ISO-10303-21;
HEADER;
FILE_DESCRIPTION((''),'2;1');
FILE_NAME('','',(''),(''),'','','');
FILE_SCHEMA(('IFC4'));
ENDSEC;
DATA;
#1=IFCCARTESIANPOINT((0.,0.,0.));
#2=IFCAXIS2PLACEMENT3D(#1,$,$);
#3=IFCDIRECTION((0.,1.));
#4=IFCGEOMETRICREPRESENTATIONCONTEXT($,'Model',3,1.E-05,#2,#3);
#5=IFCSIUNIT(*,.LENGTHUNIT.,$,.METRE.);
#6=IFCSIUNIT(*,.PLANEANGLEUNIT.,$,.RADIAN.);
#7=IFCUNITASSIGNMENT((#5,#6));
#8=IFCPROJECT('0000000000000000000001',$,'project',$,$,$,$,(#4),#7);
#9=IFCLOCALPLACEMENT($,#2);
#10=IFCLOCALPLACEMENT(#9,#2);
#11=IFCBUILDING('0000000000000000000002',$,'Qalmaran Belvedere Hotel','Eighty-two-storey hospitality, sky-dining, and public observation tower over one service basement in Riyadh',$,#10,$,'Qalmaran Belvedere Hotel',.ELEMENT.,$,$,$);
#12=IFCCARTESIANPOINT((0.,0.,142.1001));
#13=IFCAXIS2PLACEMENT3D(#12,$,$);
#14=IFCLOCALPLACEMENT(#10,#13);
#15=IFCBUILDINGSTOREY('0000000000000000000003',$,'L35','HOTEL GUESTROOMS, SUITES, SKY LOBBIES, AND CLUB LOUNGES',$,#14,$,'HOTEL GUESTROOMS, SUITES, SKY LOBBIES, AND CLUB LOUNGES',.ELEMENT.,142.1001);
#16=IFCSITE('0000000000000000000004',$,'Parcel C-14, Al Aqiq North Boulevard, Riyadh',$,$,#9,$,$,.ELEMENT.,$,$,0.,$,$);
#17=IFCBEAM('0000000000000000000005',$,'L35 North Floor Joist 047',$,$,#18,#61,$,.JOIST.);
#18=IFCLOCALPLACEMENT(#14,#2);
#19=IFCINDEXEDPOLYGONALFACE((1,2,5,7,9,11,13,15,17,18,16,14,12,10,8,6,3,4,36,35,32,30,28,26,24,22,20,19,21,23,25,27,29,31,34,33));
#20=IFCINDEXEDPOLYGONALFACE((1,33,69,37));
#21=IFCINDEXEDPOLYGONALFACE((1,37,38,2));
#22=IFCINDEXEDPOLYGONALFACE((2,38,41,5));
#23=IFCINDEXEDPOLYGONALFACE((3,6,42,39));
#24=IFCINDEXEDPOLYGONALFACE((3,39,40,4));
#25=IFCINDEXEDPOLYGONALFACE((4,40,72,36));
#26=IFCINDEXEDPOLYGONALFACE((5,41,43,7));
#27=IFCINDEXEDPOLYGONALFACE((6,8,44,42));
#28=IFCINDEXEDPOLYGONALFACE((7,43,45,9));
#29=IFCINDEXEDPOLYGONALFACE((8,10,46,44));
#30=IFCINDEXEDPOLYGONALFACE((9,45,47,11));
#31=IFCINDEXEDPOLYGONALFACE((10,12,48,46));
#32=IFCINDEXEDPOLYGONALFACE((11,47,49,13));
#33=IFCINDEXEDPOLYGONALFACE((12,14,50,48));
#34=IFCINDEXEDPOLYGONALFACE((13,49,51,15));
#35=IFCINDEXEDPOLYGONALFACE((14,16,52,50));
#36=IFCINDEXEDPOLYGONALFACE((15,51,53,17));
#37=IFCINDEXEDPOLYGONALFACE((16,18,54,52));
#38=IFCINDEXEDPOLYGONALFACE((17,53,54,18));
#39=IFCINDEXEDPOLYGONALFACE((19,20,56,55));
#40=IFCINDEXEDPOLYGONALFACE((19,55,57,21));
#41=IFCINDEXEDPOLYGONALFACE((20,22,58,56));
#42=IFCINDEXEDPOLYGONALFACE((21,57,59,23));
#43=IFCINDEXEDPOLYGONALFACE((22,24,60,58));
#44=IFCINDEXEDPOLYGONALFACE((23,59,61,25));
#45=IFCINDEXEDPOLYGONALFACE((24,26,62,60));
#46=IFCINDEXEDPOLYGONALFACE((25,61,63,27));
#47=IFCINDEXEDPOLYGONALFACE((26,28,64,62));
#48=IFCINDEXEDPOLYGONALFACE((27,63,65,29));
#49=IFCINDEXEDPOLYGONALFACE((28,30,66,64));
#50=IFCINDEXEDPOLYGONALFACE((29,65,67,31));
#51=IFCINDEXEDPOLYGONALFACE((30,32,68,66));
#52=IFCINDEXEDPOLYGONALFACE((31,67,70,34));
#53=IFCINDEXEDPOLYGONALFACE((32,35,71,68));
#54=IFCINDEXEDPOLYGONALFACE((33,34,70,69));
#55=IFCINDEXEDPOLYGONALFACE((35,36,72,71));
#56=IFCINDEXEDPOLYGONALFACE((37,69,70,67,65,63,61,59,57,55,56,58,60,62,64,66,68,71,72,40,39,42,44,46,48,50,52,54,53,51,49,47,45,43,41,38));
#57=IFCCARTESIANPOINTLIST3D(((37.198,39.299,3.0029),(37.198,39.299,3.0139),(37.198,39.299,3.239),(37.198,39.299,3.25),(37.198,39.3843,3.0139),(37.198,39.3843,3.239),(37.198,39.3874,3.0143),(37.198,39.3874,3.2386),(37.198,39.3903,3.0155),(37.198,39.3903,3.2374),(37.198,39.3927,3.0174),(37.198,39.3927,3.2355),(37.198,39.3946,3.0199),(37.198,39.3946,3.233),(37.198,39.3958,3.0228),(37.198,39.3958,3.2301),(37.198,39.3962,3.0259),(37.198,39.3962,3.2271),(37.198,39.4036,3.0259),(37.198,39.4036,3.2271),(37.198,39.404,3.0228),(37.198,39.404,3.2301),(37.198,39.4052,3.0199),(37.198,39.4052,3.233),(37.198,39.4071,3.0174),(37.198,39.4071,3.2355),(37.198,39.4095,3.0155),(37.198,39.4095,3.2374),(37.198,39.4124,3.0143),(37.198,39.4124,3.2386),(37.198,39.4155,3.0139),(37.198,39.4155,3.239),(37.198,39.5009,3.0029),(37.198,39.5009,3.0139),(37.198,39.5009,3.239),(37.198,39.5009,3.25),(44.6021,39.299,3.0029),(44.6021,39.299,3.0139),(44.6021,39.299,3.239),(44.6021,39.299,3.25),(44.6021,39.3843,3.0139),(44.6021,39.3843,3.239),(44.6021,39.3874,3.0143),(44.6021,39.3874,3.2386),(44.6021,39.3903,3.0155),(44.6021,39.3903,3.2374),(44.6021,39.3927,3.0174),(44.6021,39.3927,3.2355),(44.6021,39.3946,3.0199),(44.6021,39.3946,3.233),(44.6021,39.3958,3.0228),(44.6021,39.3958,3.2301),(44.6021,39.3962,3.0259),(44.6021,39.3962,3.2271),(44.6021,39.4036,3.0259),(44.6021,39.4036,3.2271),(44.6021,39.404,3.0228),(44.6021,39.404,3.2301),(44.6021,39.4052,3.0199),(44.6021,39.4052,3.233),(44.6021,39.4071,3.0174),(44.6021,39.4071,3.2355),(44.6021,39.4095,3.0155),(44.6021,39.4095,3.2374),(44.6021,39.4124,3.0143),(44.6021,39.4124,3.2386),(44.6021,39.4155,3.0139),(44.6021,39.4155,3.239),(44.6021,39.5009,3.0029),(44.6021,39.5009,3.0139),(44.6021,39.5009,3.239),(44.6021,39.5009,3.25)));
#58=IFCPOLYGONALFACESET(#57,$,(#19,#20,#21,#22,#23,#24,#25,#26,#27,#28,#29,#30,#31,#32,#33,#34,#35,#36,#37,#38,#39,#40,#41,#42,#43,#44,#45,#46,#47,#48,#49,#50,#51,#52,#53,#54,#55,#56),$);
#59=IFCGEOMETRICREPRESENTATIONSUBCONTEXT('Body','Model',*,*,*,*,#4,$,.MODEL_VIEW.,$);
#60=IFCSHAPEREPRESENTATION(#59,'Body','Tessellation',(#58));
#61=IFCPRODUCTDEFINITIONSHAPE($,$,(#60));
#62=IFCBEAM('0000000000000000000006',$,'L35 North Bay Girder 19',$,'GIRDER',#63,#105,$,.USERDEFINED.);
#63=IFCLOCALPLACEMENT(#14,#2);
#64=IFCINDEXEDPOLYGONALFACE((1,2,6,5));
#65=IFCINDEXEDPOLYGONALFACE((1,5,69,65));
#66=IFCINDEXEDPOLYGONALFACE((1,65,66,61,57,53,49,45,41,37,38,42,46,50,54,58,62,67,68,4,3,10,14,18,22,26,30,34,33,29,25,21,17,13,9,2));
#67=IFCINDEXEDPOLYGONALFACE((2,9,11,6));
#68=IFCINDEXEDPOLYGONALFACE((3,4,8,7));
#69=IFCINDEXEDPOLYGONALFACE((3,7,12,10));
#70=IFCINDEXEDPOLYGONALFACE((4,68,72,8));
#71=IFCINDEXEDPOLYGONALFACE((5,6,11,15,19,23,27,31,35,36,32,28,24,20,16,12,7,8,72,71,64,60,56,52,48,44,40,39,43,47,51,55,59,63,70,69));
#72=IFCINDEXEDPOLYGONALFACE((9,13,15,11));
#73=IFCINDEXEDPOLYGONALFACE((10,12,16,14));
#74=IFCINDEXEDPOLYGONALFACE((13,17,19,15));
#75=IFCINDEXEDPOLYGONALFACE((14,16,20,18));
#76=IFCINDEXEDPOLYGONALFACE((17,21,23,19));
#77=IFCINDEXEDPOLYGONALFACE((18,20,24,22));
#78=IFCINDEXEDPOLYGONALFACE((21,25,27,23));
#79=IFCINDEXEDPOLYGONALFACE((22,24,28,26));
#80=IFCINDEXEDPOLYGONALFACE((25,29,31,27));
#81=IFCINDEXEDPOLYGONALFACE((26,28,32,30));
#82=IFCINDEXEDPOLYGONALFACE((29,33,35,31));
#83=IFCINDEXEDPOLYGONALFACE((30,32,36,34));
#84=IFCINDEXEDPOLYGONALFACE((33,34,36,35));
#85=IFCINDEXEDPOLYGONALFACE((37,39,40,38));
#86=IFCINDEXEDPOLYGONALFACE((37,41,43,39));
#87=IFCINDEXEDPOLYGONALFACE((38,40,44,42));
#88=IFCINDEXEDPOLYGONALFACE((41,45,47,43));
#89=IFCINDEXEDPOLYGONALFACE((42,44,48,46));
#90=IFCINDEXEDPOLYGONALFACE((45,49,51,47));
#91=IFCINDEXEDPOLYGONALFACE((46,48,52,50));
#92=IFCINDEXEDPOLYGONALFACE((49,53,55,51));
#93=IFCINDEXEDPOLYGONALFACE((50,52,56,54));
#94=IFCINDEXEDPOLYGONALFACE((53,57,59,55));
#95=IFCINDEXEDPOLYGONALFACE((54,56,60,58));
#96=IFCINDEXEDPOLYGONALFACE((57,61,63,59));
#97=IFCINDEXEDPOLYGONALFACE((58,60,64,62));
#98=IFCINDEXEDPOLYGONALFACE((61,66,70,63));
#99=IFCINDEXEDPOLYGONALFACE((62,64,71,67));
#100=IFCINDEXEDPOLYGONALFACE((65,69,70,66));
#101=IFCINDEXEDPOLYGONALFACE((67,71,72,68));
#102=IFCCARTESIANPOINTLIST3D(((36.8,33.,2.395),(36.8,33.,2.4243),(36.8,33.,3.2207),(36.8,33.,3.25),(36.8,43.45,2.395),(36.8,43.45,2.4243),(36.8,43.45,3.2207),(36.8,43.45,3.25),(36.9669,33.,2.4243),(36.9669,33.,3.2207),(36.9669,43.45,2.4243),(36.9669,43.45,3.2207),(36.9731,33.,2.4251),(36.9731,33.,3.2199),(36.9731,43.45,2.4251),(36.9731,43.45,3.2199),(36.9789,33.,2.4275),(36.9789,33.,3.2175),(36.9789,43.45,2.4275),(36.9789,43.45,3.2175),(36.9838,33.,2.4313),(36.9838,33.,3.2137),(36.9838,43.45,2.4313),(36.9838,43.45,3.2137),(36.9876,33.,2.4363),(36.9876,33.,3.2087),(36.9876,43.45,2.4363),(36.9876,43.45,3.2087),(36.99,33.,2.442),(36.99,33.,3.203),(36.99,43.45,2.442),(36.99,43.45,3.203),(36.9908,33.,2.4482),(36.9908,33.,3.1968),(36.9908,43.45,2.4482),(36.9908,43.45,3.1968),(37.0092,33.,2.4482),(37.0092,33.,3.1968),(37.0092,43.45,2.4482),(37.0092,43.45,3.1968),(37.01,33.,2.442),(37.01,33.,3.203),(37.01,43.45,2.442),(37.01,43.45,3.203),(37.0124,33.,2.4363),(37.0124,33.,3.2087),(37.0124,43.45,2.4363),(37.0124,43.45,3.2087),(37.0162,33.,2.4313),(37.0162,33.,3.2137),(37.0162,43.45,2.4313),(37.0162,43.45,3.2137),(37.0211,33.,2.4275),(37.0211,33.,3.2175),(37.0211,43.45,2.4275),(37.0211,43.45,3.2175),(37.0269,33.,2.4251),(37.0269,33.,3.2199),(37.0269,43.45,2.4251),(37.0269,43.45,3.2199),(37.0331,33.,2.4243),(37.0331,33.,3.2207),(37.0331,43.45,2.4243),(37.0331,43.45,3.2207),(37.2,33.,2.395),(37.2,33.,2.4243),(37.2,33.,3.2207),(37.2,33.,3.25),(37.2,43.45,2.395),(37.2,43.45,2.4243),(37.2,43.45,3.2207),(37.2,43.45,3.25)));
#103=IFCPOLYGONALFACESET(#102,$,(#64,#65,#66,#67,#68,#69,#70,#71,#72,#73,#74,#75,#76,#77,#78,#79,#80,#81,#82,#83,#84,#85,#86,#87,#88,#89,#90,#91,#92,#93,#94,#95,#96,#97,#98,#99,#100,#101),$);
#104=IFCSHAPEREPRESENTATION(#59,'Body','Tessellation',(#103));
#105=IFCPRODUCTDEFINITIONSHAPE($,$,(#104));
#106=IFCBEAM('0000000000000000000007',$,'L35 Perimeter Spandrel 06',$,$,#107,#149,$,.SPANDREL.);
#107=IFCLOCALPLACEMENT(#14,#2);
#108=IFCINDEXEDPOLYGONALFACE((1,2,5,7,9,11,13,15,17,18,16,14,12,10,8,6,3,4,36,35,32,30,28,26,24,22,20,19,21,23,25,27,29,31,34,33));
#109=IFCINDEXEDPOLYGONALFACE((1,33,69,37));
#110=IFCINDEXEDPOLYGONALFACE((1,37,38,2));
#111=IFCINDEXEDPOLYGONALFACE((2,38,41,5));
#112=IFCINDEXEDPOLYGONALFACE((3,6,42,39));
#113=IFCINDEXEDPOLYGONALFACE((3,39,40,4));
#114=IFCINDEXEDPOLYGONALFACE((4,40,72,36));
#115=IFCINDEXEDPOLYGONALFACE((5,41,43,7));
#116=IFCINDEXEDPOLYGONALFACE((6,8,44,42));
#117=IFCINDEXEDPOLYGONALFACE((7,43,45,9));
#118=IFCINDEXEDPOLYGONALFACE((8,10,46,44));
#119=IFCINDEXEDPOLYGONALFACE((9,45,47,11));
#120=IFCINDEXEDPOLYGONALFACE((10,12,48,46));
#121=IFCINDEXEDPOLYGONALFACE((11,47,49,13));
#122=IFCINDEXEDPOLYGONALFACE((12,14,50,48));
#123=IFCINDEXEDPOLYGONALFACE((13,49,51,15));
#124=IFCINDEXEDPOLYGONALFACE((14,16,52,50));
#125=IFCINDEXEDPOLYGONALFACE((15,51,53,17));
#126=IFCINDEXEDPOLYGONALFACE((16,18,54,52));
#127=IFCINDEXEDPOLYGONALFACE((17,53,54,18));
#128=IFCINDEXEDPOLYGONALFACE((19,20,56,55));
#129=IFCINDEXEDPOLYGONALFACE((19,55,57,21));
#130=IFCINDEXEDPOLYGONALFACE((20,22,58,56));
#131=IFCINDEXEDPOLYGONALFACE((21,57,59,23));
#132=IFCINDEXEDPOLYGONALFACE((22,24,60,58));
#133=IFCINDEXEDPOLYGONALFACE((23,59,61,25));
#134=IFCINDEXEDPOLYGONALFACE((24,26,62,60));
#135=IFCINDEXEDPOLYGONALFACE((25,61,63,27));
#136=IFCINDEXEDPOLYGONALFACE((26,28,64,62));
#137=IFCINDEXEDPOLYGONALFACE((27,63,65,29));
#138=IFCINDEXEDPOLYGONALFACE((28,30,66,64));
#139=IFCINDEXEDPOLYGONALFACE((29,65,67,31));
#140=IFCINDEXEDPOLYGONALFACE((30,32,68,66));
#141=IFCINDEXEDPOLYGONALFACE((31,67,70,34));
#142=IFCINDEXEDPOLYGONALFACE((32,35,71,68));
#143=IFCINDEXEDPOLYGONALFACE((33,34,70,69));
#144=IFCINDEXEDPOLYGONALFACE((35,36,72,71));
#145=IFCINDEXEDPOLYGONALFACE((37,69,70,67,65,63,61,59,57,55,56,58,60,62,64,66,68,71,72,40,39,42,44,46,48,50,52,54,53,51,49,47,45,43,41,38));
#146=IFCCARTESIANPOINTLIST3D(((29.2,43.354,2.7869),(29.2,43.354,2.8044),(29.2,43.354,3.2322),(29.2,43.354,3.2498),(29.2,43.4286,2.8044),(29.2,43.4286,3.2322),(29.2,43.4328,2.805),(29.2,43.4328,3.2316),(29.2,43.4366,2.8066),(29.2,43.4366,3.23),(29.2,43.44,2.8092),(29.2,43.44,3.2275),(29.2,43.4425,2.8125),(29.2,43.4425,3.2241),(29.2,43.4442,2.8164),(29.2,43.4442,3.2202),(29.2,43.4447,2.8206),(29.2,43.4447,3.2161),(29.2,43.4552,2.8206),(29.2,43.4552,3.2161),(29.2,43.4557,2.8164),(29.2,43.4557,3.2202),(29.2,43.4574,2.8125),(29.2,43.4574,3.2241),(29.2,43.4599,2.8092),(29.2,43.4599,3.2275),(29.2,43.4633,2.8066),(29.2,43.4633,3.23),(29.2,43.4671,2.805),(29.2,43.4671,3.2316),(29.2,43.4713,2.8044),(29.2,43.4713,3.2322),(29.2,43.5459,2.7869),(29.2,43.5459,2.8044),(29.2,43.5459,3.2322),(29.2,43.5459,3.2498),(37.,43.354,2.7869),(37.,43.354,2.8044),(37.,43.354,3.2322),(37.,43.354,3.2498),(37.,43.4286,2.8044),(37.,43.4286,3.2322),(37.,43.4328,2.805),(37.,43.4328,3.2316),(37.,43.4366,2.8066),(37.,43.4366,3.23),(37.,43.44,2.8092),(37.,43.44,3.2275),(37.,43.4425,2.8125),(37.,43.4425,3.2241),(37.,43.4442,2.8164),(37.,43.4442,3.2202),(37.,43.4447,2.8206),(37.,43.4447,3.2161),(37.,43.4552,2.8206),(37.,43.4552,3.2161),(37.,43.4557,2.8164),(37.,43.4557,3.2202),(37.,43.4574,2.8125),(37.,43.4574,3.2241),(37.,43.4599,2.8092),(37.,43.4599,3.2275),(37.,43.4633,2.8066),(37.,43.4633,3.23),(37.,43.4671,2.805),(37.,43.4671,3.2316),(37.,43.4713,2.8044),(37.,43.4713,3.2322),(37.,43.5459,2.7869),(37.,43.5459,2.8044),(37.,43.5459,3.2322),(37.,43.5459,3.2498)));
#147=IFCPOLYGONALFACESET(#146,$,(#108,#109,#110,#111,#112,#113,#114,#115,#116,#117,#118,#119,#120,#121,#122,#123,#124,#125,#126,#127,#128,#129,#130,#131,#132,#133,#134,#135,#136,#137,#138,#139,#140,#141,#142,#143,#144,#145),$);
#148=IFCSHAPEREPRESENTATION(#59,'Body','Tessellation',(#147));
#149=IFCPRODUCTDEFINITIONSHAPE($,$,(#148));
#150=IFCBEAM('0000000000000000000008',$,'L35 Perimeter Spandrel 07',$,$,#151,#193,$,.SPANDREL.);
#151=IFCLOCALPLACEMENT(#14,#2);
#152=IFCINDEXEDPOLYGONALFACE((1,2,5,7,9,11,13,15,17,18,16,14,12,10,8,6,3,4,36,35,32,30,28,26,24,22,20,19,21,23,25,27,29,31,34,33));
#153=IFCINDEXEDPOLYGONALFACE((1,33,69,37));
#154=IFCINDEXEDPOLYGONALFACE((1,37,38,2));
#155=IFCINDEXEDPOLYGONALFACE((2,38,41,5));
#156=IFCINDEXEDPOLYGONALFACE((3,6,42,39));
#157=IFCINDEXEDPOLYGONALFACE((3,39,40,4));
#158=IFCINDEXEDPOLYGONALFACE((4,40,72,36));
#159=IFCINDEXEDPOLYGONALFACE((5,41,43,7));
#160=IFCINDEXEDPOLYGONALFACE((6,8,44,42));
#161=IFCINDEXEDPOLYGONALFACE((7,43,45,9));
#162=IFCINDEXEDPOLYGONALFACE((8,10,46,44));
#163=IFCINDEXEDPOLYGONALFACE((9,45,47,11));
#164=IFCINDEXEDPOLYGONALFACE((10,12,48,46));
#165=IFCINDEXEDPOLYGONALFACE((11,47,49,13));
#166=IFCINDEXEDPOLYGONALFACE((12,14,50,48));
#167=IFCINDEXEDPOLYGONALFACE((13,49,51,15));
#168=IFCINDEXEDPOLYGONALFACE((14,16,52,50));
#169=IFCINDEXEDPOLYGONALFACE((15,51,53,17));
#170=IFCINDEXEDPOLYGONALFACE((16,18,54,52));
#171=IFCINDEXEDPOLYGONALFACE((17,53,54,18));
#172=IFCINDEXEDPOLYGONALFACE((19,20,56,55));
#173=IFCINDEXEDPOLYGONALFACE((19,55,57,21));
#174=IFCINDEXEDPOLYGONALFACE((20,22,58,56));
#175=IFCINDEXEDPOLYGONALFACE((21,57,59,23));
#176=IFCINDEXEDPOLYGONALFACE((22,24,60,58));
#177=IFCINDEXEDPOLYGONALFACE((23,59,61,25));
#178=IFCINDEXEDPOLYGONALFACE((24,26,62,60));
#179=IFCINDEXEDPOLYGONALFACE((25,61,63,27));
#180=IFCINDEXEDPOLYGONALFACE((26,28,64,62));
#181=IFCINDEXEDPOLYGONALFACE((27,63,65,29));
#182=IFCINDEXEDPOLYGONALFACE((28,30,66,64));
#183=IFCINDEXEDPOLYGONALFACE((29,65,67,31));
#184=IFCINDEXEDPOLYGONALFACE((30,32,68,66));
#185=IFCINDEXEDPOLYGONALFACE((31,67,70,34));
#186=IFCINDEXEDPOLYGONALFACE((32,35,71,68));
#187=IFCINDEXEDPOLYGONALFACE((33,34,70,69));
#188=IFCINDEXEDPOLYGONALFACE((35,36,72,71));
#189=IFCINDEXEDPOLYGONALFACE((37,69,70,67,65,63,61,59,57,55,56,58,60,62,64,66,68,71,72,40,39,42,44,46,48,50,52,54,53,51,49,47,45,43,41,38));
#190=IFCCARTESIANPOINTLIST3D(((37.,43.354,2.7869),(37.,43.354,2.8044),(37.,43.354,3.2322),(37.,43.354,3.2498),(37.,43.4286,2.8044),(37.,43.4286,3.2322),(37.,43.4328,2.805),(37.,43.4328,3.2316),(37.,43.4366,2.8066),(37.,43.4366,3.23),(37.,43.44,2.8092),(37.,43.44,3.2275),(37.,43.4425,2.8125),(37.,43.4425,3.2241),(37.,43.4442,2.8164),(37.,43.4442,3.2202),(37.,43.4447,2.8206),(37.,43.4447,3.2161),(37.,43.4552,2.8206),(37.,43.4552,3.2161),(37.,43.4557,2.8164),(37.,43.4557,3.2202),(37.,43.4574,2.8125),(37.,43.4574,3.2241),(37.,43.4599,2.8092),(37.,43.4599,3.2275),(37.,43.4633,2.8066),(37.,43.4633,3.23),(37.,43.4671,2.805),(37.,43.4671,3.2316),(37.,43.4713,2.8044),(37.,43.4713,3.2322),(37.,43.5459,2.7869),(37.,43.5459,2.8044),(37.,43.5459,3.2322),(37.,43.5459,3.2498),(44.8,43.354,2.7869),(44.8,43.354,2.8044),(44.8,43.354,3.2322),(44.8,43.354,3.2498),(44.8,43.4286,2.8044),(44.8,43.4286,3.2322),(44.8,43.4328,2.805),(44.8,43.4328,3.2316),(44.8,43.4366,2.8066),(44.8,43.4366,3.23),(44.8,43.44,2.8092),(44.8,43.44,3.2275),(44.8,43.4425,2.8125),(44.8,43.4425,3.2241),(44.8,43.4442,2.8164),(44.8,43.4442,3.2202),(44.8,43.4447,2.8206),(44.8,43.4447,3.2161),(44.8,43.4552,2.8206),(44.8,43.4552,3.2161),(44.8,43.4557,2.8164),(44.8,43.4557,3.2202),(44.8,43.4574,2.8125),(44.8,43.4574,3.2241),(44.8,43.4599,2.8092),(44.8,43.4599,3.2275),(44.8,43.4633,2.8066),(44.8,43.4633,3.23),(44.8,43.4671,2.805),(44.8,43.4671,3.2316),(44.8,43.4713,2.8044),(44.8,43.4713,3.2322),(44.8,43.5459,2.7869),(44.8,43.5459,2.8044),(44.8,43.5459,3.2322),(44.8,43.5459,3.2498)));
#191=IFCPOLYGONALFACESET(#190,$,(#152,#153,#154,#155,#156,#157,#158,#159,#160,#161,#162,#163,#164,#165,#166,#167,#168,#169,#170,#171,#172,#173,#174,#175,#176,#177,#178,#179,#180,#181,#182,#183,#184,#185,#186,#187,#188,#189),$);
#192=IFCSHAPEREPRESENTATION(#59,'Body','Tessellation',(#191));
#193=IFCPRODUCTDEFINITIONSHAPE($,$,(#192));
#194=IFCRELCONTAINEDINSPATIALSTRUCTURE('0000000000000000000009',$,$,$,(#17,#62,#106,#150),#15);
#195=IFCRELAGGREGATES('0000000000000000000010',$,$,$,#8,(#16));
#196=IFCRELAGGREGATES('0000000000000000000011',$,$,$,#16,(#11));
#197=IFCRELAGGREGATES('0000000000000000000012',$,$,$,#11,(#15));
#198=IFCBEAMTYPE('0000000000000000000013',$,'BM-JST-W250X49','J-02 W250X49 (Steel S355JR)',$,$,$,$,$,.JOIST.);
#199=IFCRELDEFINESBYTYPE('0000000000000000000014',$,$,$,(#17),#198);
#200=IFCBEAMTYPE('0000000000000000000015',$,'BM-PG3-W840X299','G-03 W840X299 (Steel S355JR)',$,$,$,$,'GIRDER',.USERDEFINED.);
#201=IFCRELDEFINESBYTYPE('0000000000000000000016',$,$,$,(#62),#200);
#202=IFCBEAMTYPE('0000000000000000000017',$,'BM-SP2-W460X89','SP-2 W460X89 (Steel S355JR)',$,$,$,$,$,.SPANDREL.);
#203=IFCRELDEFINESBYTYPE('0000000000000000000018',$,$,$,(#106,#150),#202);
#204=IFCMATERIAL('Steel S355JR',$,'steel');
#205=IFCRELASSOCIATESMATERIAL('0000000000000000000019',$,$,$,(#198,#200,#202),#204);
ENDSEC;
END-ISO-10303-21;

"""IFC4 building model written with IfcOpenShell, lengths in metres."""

from ifc_helpers import new_model, si_unit, direction, frame, origin, origin_2d, place, context, subcontext, project, spatial, i_section, extrude, material, material_profile, profile_set, type_object, element, save


model = new_model("IFC4")

# Units and contexts
model_context = context("Model", 3, precision=1e-05, world=origin(), true_north=direction((0.0, 1.0)))
body_context = subcontext(model_context, "Body", "Model", "MODEL_VIEW")
ifc_project = project(units=[si_unit("LENGTHUNIT", "METRE"), si_unit("PLANEANGLEUNIT", "RADIAN")], contexts=[model_context])

# Site, building, storey
site_placement = place(None, origin())
site = spatial("IfcSite", under=ifc_project, at=site_placement, Name="Parcel C-14, Al Aqiq North Boulevard, Riyadh", CompositionType="ELEMENT", RefElevation=0.0)
building_placement = place(site_placement, origin())
building = spatial("IfcBuilding", under=site, at=building_placement, Name="Qalmaran Belvedere Hotel", Description="Eighty-two-storey hospitality, sky-dining, and public observation tower over one service basement in Riyadh", LongName="Qalmaran Belvedere Hotel", CompositionType="ELEMENT")
storey_placement = place(building_placement, frame((0.0, 0.0, 142.1001)))
storey = spatial("IfcBuildingStorey", under=building, at=storey_placement, Name="L35", Description="HOTEL GUESTROOMS, SUITES, SKY LOBBIES, AND CLUB LOUNGES", LongName="HOTEL GUESTROOMS, SUITES, SKY LOBBIES, AND CLUB LOUNGES", CompositionType="ELEMENT", Elevation=142.1001)

# Beams
ifc_material_1 = material(Name="Steel S355JR", Category="steel")
ifc_material_profile_1 = material_profile(ifc_material_1, i_section(OverallWidth=0.2019, OverallDepth=0.2471, WebThickness=0.0073, FlangeThickness=0.011, FilletRadius=0.012, at=origin_2d()), Name="W250X49")
ifc_profile_set_1 = profile_set([ifc_material_profile_1], Name="Steel S355JR")
beam_type_1 = type_object("IfcBeamType", Name="BM-JST-W250X49", Description="J-02 W250X49 (Steel S355JR)", PredefinedType="JOIST", material=ifc_profile_set_1)
for number, where, z_axis, x_axis, name in (
    (1, (37.198, 39.3999, 3.1265), (1.0, 0.0, 0.0), (0.0, 1.0, 0.0), "L35 North Floor Joist 047"),
):
    element("IfcBeam", number, at=place(storey_placement, frame(where, z_axis=z_axis, x_axis=x_axis)), inside=storey, type_object=beam_type_1, Name=name, PredefinedType="JOIST", context=body_context, shape_type="SweptSolid", body=[
        extrude(i_section(OverallWidth=0.2019, OverallDepth=0.2471, WebThickness=0.0073, FlangeThickness=0.011, FilletRadius=0.012, at=origin_2d()), origin(), (0.0, 0.0, 1.0), 7.4041),
    ])
ifc_material_profile_2 = material_profile(ifc_material_1, i_section(OverallWidth=0.3999, OverallDepth=0.855, WebThickness=0.0183, FlangeThickness=0.0293, FilletRadius=0.0239, at=origin_2d()), Name="W840X299")
ifc_profile_set_2 = profile_set([ifc_material_profile_2], Name="Steel S355JR")
beam_type_2 = type_object("IfcBeamType", Name="BM-PG3-W840X299", Description="G-03 W840X299 (Steel S355JR)", ElementType="GIRDER", PredefinedType="USERDEFINED", material=ifc_profile_set_2)
beam_1_placement = place(storey_placement, frame((37.0, 33.0, 2.8225), z_axis=(0.0, 1.0, 0.0), x_axis=(-1.0, 0.0, 0.0)))
element("IfcBeam", 2, at=beam_1_placement, inside=storey, type_object=beam_type_2, Name="L35 North Bay Girder 19", ObjectType="GIRDER", PredefinedType="USERDEFINED", context=body_context, shape_type="SweptSolid", body=[
    extrude(i_section(OverallWidth=0.3999, OverallDepth=0.855, WebThickness=0.0183, FlangeThickness=0.0293, FilletRadius=0.0239, at=origin_2d()), origin(), (0.0, 0.0, 1.0), 10.45),
])
ifc_material_profile_3 = material_profile(ifc_material_1, i_section(OverallWidth=0.1919, OverallDepth=0.4629, WebThickness=0.0105, FlangeThickness=0.0176, FilletRadius=0.0161, at=origin_2d()), Name="W460X89")
ifc_profile_set_3 = profile_set([ifc_material_profile_3], Name="Steel S355JR")
beam_type_3 = type_object("IfcBeamType", Name="BM-SP2-W460X89", Description="SP-2 W460X89 (Steel S355JR)", PredefinedType="SPANDREL", material=ifc_profile_set_3)
for number, where, z_axis, x_axis, name in (
    (3, (29.2, 43.45, 3.0183), (1.0, 0.0, 0.0), (0.0, 1.0, 0.0), "L35 Perimeter Spandrel 06"),
    (4, (37.0, 43.45, 3.0183), (1.0, 0.0, 0.0), (0.0, 1.0, 0.0), "L35 Perimeter Spandrel 07"),
):
    element("IfcBeam", number, at=place(storey_placement, frame(where, z_axis=z_axis, x_axis=x_axis)), inside=storey, type_object=beam_type_3, Name=name, PredefinedType="SPANDREL", context=body_context, shape_type="SweptSolid", body=[
        extrude(i_section(OverallWidth=0.1919, OverallDepth=0.4629, WebThickness=0.0105, FlangeThickness=0.0176, FilletRadius=0.0161, at=origin_2d()), origin(), (0.0, 0.0, 1.0), 7.8),
    ])

save(model, "model.ifc")
